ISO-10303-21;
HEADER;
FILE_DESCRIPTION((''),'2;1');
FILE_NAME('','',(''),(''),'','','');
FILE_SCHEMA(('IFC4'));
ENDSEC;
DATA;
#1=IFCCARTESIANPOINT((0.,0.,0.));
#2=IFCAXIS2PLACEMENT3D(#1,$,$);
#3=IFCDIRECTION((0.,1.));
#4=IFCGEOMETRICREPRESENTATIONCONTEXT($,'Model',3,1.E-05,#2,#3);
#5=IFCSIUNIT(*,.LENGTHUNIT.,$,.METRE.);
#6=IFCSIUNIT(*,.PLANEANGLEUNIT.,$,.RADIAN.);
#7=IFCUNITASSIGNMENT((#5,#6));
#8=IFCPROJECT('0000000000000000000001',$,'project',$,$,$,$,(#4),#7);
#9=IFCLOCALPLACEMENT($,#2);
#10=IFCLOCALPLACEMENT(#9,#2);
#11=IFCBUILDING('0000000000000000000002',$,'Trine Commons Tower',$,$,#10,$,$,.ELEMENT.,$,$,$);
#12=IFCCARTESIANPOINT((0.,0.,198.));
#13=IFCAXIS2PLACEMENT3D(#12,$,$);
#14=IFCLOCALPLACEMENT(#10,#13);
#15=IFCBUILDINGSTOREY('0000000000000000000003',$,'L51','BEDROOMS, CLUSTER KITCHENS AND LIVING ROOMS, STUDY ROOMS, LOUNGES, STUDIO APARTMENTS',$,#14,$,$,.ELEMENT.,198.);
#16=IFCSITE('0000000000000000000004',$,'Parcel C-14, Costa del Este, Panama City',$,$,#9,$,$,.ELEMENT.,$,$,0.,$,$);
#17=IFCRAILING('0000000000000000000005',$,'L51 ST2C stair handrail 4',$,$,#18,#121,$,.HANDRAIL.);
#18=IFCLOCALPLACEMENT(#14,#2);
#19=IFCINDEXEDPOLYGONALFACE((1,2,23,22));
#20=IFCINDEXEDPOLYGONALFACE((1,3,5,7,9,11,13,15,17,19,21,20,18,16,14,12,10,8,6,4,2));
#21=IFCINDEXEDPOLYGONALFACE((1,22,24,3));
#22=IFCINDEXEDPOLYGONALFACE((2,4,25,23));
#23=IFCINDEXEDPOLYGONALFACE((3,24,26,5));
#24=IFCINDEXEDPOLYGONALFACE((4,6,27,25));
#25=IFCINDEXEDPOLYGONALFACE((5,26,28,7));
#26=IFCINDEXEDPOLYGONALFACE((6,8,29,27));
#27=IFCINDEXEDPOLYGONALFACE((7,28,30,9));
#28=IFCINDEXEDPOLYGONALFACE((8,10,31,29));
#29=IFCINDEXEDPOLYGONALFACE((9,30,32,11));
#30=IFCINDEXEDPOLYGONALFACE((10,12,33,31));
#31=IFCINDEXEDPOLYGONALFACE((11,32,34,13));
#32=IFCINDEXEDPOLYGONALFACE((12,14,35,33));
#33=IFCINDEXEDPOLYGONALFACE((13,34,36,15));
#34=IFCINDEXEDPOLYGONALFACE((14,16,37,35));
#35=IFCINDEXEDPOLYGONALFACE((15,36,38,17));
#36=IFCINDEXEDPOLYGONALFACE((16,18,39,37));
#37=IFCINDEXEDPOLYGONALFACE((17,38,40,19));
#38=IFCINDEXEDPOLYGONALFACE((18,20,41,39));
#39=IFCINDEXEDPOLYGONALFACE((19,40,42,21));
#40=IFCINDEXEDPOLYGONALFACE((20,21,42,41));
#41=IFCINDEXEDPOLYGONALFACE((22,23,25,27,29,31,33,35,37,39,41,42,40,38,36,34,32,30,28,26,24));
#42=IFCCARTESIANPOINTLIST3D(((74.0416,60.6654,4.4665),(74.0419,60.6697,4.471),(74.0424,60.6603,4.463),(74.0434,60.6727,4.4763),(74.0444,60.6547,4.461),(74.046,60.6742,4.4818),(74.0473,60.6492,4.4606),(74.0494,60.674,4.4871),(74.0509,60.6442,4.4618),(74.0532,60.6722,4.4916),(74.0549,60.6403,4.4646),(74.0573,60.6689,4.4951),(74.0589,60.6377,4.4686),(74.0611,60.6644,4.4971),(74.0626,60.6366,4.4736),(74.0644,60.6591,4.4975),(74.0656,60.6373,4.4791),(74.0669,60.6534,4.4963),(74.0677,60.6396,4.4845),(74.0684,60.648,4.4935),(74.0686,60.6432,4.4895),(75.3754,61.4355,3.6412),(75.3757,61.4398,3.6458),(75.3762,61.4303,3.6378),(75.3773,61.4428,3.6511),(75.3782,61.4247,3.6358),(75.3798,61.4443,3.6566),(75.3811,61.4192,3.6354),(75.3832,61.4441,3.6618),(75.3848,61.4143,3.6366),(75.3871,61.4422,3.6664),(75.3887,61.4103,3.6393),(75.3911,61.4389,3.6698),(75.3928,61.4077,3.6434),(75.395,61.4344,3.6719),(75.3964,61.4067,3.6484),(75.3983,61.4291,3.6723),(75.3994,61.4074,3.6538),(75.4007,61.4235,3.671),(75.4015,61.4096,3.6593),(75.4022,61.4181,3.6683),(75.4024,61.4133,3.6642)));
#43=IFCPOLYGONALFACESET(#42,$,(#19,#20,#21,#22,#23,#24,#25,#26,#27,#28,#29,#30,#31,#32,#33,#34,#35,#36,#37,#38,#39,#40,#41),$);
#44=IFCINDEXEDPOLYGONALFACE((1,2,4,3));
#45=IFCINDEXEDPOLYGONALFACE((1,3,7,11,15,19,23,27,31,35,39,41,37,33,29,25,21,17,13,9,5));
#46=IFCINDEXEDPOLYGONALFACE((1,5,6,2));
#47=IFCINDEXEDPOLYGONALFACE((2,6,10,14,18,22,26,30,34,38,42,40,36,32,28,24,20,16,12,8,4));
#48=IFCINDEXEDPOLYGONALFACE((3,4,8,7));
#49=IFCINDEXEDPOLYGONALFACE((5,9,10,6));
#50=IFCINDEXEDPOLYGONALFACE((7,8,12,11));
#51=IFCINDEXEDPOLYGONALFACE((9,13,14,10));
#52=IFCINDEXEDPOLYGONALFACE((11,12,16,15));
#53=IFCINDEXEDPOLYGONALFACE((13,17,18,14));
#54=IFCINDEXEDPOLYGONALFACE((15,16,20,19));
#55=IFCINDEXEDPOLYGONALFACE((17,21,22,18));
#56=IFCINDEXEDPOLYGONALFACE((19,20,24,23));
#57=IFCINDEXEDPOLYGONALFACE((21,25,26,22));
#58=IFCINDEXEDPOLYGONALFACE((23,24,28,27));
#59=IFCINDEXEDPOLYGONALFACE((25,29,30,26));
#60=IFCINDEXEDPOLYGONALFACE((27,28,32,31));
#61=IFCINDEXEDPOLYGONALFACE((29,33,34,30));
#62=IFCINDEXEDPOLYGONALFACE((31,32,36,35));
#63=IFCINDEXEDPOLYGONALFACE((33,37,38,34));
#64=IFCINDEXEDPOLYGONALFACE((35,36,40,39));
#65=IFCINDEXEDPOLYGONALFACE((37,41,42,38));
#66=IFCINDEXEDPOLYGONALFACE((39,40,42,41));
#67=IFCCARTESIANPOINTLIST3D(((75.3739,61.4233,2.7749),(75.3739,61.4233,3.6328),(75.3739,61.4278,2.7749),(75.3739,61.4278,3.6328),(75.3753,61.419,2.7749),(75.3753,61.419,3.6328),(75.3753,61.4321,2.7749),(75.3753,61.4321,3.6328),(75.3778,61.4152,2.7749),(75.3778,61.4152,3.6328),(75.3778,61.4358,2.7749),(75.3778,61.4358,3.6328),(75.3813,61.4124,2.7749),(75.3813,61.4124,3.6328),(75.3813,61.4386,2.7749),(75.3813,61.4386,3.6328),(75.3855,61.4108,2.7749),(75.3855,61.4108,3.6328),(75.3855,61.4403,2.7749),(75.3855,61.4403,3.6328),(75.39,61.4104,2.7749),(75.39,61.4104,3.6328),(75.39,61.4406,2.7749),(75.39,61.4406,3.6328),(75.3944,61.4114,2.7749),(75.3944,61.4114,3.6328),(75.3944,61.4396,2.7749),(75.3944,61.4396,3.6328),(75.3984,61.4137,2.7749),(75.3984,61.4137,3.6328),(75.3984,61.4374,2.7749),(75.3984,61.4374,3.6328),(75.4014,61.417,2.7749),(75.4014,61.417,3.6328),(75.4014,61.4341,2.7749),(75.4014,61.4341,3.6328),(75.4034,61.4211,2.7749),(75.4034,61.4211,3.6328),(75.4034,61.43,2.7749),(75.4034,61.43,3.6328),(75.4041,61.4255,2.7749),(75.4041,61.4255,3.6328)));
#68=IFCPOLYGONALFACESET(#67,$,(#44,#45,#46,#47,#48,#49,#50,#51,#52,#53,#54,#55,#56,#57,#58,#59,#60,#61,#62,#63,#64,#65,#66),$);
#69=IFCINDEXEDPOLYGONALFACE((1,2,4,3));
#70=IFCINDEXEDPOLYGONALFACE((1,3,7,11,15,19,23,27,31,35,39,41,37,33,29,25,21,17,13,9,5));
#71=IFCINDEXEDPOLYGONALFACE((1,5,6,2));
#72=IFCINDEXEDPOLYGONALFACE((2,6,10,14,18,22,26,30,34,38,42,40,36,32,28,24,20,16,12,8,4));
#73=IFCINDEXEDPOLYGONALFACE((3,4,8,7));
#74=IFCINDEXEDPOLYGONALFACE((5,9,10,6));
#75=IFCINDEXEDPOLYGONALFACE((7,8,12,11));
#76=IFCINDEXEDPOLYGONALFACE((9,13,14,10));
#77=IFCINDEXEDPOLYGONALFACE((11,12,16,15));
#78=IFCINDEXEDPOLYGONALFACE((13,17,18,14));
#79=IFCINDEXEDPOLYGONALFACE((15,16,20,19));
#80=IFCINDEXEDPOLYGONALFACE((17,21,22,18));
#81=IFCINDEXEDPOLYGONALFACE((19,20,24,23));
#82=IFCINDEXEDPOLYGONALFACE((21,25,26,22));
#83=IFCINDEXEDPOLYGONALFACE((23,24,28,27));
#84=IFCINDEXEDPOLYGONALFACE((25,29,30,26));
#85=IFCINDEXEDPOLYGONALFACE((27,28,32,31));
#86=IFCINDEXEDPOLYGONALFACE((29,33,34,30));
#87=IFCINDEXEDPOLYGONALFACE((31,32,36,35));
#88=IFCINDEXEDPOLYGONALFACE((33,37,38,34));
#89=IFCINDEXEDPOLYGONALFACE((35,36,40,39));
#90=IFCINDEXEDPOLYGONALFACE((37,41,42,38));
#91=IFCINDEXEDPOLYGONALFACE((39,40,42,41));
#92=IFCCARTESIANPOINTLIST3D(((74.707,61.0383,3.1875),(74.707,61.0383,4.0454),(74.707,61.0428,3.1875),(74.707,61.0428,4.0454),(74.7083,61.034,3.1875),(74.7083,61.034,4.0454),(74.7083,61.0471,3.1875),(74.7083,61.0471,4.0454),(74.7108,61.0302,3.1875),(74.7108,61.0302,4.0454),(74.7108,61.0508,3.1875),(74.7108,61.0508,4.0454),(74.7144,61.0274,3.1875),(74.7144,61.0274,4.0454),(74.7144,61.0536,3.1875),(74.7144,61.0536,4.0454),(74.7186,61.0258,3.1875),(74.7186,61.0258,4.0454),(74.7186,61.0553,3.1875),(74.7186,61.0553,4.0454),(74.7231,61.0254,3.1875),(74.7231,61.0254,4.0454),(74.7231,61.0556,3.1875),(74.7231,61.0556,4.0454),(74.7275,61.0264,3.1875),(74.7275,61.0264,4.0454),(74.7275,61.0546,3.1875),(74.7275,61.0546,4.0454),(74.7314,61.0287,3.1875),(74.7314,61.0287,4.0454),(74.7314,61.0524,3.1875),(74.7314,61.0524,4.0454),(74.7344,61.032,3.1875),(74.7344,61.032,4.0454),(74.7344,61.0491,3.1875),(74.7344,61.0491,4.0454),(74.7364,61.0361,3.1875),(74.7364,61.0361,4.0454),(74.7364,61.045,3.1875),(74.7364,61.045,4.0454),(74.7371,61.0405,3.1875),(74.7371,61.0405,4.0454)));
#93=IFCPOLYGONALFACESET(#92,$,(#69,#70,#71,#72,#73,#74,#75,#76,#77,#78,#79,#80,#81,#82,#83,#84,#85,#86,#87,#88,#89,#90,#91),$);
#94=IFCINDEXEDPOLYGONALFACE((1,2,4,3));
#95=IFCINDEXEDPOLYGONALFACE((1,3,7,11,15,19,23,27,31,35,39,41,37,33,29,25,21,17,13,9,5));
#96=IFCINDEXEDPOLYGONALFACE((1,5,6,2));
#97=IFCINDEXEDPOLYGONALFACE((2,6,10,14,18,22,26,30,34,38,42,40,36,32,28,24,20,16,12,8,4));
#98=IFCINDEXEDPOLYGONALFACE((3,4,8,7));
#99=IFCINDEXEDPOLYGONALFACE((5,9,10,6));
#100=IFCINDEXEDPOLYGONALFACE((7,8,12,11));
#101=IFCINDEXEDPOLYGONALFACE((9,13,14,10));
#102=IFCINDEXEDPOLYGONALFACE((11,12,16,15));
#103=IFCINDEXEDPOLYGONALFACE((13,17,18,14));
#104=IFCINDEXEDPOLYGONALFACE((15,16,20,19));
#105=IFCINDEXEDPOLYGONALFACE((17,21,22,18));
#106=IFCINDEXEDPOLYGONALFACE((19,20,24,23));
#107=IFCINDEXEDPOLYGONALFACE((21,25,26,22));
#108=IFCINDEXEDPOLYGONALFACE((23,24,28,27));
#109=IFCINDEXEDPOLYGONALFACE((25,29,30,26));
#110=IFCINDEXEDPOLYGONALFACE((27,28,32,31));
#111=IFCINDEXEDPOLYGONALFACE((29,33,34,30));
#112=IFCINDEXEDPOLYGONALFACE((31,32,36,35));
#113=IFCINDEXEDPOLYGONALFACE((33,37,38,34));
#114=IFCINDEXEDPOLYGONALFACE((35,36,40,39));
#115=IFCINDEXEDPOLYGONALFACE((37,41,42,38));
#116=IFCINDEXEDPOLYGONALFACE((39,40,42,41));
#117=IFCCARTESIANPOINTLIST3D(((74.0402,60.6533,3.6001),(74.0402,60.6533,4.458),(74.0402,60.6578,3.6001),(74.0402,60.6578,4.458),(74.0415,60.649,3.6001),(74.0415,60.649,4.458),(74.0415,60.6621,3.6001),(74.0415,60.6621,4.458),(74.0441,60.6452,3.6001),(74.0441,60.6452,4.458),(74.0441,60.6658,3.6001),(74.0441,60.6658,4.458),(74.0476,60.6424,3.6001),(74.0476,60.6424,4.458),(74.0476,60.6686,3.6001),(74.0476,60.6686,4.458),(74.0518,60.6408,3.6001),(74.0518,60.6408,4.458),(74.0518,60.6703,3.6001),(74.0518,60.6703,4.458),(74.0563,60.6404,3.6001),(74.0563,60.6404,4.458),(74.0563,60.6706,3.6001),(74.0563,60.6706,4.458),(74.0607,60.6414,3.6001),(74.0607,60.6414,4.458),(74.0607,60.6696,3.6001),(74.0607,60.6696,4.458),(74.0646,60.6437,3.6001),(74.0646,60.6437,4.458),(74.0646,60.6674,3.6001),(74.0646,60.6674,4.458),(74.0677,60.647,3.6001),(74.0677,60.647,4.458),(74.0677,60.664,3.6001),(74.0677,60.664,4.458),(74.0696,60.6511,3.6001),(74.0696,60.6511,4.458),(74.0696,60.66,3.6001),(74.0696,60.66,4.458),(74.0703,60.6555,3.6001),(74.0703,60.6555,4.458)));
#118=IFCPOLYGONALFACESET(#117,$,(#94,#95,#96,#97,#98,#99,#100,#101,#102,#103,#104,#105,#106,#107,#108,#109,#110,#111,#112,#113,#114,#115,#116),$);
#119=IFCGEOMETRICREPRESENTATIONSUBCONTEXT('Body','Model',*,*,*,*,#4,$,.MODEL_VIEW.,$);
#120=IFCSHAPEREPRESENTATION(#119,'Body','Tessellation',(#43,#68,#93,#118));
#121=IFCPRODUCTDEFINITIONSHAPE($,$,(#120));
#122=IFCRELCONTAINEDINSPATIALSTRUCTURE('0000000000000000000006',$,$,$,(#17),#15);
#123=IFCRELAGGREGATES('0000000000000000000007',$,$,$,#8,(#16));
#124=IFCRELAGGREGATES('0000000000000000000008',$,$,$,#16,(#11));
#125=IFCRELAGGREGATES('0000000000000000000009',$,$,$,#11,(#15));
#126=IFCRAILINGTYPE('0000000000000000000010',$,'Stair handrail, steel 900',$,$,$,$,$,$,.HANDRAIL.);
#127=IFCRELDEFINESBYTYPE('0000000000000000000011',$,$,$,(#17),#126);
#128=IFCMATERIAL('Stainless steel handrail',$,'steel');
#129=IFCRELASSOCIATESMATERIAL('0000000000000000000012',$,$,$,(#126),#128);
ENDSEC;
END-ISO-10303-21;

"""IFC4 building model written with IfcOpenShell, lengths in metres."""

from ifc_helpers import new_model, si_unit, direction, frame, origin, origin_2d, place, context, subcontext, project, spatial, circle, extrude, material, type_object, element, save


model = new_model("IFC4")

# Units and contexts
model_context = context("Model", 3, precision=1e-05, world=origin(), true_north=direction((0.0, 1.0)))
body_context = subcontext(model_context, "Body", "Model", "MODEL_VIEW")
ifc_project = project(units=[si_unit("LENGTHUNIT", "METRE"), si_unit("PLANEANGLEUNIT", "RADIAN")], contexts=[model_context])

# Site, building, storey
site_placement = place(None, origin())
site = spatial("IfcSite", under=ifc_project, at=site_placement, Name="Parcel C-14, Costa del Este, Panama City", CompositionType="ELEMENT", RefElevation=0.0)
building_placement = place(site_placement, origin())
building = spatial("IfcBuilding", under=site, at=building_placement, Name="Trine Commons Tower", CompositionType="ELEMENT")
storey_placement = place(building_placement, frame((0.0, 0.0, 198.0)))
storey = spatial("IfcBuildingStorey", under=building, at=storey_placement, Name="L51", Description="BEDROOMS, CLUSTER KITCHENS AND LIVING ROOMS, STUDY ROOMS, LOUNGES, STUDIO APARTMENTS", CompositionType="ELEMENT", Elevation=198.0)

# Railing
ifc_material_1 = material(Name="Stainless steel handrail", Category="steel")
railing_type = type_object("IfcRailingType", Name="Stair handrail, steel 900", PredefinedType="HANDRAIL", material=ifc_material_1)
railing_1_placement = place(storey_placement, frame((75.3889, 61.4255, 2.7749)))
element("IfcRailing", 1, at=railing_1_placement, inside=storey, type_object=railing_type, Name="L51 ST2C stair handrail 4", PredefinedType="HANDRAIL", context=body_context, shape_type="SweptSolid", body=[
    extrude(circle(Radius=0.021, at=origin_2d()), frame((0.0, 0.0, 0.8789), z_axis=(-0.763355, -0.440714, 0.472293), x_axis=(0.499992, -0.86603, 0.0)), (0.0, 0.0, 1.0), 1.7473),
    extrude(circle(Radius=0.0151, at=origin_2d()), origin(), (0.0, 0.0, 1.0), 0.8579),
    extrude(circle(Radius=0.0151, at=origin_2d()), frame((-0.667, -0.385, 0.4126)), (0.0, 0.0, 1.0), 0.8579),
    extrude(circle(Radius=0.0151, at=origin_2d()), frame((-1.3337, -0.77, 0.8252)), (0.0, 0.0, 1.0), 0.8579),
])

save(model, "model.ifc")
